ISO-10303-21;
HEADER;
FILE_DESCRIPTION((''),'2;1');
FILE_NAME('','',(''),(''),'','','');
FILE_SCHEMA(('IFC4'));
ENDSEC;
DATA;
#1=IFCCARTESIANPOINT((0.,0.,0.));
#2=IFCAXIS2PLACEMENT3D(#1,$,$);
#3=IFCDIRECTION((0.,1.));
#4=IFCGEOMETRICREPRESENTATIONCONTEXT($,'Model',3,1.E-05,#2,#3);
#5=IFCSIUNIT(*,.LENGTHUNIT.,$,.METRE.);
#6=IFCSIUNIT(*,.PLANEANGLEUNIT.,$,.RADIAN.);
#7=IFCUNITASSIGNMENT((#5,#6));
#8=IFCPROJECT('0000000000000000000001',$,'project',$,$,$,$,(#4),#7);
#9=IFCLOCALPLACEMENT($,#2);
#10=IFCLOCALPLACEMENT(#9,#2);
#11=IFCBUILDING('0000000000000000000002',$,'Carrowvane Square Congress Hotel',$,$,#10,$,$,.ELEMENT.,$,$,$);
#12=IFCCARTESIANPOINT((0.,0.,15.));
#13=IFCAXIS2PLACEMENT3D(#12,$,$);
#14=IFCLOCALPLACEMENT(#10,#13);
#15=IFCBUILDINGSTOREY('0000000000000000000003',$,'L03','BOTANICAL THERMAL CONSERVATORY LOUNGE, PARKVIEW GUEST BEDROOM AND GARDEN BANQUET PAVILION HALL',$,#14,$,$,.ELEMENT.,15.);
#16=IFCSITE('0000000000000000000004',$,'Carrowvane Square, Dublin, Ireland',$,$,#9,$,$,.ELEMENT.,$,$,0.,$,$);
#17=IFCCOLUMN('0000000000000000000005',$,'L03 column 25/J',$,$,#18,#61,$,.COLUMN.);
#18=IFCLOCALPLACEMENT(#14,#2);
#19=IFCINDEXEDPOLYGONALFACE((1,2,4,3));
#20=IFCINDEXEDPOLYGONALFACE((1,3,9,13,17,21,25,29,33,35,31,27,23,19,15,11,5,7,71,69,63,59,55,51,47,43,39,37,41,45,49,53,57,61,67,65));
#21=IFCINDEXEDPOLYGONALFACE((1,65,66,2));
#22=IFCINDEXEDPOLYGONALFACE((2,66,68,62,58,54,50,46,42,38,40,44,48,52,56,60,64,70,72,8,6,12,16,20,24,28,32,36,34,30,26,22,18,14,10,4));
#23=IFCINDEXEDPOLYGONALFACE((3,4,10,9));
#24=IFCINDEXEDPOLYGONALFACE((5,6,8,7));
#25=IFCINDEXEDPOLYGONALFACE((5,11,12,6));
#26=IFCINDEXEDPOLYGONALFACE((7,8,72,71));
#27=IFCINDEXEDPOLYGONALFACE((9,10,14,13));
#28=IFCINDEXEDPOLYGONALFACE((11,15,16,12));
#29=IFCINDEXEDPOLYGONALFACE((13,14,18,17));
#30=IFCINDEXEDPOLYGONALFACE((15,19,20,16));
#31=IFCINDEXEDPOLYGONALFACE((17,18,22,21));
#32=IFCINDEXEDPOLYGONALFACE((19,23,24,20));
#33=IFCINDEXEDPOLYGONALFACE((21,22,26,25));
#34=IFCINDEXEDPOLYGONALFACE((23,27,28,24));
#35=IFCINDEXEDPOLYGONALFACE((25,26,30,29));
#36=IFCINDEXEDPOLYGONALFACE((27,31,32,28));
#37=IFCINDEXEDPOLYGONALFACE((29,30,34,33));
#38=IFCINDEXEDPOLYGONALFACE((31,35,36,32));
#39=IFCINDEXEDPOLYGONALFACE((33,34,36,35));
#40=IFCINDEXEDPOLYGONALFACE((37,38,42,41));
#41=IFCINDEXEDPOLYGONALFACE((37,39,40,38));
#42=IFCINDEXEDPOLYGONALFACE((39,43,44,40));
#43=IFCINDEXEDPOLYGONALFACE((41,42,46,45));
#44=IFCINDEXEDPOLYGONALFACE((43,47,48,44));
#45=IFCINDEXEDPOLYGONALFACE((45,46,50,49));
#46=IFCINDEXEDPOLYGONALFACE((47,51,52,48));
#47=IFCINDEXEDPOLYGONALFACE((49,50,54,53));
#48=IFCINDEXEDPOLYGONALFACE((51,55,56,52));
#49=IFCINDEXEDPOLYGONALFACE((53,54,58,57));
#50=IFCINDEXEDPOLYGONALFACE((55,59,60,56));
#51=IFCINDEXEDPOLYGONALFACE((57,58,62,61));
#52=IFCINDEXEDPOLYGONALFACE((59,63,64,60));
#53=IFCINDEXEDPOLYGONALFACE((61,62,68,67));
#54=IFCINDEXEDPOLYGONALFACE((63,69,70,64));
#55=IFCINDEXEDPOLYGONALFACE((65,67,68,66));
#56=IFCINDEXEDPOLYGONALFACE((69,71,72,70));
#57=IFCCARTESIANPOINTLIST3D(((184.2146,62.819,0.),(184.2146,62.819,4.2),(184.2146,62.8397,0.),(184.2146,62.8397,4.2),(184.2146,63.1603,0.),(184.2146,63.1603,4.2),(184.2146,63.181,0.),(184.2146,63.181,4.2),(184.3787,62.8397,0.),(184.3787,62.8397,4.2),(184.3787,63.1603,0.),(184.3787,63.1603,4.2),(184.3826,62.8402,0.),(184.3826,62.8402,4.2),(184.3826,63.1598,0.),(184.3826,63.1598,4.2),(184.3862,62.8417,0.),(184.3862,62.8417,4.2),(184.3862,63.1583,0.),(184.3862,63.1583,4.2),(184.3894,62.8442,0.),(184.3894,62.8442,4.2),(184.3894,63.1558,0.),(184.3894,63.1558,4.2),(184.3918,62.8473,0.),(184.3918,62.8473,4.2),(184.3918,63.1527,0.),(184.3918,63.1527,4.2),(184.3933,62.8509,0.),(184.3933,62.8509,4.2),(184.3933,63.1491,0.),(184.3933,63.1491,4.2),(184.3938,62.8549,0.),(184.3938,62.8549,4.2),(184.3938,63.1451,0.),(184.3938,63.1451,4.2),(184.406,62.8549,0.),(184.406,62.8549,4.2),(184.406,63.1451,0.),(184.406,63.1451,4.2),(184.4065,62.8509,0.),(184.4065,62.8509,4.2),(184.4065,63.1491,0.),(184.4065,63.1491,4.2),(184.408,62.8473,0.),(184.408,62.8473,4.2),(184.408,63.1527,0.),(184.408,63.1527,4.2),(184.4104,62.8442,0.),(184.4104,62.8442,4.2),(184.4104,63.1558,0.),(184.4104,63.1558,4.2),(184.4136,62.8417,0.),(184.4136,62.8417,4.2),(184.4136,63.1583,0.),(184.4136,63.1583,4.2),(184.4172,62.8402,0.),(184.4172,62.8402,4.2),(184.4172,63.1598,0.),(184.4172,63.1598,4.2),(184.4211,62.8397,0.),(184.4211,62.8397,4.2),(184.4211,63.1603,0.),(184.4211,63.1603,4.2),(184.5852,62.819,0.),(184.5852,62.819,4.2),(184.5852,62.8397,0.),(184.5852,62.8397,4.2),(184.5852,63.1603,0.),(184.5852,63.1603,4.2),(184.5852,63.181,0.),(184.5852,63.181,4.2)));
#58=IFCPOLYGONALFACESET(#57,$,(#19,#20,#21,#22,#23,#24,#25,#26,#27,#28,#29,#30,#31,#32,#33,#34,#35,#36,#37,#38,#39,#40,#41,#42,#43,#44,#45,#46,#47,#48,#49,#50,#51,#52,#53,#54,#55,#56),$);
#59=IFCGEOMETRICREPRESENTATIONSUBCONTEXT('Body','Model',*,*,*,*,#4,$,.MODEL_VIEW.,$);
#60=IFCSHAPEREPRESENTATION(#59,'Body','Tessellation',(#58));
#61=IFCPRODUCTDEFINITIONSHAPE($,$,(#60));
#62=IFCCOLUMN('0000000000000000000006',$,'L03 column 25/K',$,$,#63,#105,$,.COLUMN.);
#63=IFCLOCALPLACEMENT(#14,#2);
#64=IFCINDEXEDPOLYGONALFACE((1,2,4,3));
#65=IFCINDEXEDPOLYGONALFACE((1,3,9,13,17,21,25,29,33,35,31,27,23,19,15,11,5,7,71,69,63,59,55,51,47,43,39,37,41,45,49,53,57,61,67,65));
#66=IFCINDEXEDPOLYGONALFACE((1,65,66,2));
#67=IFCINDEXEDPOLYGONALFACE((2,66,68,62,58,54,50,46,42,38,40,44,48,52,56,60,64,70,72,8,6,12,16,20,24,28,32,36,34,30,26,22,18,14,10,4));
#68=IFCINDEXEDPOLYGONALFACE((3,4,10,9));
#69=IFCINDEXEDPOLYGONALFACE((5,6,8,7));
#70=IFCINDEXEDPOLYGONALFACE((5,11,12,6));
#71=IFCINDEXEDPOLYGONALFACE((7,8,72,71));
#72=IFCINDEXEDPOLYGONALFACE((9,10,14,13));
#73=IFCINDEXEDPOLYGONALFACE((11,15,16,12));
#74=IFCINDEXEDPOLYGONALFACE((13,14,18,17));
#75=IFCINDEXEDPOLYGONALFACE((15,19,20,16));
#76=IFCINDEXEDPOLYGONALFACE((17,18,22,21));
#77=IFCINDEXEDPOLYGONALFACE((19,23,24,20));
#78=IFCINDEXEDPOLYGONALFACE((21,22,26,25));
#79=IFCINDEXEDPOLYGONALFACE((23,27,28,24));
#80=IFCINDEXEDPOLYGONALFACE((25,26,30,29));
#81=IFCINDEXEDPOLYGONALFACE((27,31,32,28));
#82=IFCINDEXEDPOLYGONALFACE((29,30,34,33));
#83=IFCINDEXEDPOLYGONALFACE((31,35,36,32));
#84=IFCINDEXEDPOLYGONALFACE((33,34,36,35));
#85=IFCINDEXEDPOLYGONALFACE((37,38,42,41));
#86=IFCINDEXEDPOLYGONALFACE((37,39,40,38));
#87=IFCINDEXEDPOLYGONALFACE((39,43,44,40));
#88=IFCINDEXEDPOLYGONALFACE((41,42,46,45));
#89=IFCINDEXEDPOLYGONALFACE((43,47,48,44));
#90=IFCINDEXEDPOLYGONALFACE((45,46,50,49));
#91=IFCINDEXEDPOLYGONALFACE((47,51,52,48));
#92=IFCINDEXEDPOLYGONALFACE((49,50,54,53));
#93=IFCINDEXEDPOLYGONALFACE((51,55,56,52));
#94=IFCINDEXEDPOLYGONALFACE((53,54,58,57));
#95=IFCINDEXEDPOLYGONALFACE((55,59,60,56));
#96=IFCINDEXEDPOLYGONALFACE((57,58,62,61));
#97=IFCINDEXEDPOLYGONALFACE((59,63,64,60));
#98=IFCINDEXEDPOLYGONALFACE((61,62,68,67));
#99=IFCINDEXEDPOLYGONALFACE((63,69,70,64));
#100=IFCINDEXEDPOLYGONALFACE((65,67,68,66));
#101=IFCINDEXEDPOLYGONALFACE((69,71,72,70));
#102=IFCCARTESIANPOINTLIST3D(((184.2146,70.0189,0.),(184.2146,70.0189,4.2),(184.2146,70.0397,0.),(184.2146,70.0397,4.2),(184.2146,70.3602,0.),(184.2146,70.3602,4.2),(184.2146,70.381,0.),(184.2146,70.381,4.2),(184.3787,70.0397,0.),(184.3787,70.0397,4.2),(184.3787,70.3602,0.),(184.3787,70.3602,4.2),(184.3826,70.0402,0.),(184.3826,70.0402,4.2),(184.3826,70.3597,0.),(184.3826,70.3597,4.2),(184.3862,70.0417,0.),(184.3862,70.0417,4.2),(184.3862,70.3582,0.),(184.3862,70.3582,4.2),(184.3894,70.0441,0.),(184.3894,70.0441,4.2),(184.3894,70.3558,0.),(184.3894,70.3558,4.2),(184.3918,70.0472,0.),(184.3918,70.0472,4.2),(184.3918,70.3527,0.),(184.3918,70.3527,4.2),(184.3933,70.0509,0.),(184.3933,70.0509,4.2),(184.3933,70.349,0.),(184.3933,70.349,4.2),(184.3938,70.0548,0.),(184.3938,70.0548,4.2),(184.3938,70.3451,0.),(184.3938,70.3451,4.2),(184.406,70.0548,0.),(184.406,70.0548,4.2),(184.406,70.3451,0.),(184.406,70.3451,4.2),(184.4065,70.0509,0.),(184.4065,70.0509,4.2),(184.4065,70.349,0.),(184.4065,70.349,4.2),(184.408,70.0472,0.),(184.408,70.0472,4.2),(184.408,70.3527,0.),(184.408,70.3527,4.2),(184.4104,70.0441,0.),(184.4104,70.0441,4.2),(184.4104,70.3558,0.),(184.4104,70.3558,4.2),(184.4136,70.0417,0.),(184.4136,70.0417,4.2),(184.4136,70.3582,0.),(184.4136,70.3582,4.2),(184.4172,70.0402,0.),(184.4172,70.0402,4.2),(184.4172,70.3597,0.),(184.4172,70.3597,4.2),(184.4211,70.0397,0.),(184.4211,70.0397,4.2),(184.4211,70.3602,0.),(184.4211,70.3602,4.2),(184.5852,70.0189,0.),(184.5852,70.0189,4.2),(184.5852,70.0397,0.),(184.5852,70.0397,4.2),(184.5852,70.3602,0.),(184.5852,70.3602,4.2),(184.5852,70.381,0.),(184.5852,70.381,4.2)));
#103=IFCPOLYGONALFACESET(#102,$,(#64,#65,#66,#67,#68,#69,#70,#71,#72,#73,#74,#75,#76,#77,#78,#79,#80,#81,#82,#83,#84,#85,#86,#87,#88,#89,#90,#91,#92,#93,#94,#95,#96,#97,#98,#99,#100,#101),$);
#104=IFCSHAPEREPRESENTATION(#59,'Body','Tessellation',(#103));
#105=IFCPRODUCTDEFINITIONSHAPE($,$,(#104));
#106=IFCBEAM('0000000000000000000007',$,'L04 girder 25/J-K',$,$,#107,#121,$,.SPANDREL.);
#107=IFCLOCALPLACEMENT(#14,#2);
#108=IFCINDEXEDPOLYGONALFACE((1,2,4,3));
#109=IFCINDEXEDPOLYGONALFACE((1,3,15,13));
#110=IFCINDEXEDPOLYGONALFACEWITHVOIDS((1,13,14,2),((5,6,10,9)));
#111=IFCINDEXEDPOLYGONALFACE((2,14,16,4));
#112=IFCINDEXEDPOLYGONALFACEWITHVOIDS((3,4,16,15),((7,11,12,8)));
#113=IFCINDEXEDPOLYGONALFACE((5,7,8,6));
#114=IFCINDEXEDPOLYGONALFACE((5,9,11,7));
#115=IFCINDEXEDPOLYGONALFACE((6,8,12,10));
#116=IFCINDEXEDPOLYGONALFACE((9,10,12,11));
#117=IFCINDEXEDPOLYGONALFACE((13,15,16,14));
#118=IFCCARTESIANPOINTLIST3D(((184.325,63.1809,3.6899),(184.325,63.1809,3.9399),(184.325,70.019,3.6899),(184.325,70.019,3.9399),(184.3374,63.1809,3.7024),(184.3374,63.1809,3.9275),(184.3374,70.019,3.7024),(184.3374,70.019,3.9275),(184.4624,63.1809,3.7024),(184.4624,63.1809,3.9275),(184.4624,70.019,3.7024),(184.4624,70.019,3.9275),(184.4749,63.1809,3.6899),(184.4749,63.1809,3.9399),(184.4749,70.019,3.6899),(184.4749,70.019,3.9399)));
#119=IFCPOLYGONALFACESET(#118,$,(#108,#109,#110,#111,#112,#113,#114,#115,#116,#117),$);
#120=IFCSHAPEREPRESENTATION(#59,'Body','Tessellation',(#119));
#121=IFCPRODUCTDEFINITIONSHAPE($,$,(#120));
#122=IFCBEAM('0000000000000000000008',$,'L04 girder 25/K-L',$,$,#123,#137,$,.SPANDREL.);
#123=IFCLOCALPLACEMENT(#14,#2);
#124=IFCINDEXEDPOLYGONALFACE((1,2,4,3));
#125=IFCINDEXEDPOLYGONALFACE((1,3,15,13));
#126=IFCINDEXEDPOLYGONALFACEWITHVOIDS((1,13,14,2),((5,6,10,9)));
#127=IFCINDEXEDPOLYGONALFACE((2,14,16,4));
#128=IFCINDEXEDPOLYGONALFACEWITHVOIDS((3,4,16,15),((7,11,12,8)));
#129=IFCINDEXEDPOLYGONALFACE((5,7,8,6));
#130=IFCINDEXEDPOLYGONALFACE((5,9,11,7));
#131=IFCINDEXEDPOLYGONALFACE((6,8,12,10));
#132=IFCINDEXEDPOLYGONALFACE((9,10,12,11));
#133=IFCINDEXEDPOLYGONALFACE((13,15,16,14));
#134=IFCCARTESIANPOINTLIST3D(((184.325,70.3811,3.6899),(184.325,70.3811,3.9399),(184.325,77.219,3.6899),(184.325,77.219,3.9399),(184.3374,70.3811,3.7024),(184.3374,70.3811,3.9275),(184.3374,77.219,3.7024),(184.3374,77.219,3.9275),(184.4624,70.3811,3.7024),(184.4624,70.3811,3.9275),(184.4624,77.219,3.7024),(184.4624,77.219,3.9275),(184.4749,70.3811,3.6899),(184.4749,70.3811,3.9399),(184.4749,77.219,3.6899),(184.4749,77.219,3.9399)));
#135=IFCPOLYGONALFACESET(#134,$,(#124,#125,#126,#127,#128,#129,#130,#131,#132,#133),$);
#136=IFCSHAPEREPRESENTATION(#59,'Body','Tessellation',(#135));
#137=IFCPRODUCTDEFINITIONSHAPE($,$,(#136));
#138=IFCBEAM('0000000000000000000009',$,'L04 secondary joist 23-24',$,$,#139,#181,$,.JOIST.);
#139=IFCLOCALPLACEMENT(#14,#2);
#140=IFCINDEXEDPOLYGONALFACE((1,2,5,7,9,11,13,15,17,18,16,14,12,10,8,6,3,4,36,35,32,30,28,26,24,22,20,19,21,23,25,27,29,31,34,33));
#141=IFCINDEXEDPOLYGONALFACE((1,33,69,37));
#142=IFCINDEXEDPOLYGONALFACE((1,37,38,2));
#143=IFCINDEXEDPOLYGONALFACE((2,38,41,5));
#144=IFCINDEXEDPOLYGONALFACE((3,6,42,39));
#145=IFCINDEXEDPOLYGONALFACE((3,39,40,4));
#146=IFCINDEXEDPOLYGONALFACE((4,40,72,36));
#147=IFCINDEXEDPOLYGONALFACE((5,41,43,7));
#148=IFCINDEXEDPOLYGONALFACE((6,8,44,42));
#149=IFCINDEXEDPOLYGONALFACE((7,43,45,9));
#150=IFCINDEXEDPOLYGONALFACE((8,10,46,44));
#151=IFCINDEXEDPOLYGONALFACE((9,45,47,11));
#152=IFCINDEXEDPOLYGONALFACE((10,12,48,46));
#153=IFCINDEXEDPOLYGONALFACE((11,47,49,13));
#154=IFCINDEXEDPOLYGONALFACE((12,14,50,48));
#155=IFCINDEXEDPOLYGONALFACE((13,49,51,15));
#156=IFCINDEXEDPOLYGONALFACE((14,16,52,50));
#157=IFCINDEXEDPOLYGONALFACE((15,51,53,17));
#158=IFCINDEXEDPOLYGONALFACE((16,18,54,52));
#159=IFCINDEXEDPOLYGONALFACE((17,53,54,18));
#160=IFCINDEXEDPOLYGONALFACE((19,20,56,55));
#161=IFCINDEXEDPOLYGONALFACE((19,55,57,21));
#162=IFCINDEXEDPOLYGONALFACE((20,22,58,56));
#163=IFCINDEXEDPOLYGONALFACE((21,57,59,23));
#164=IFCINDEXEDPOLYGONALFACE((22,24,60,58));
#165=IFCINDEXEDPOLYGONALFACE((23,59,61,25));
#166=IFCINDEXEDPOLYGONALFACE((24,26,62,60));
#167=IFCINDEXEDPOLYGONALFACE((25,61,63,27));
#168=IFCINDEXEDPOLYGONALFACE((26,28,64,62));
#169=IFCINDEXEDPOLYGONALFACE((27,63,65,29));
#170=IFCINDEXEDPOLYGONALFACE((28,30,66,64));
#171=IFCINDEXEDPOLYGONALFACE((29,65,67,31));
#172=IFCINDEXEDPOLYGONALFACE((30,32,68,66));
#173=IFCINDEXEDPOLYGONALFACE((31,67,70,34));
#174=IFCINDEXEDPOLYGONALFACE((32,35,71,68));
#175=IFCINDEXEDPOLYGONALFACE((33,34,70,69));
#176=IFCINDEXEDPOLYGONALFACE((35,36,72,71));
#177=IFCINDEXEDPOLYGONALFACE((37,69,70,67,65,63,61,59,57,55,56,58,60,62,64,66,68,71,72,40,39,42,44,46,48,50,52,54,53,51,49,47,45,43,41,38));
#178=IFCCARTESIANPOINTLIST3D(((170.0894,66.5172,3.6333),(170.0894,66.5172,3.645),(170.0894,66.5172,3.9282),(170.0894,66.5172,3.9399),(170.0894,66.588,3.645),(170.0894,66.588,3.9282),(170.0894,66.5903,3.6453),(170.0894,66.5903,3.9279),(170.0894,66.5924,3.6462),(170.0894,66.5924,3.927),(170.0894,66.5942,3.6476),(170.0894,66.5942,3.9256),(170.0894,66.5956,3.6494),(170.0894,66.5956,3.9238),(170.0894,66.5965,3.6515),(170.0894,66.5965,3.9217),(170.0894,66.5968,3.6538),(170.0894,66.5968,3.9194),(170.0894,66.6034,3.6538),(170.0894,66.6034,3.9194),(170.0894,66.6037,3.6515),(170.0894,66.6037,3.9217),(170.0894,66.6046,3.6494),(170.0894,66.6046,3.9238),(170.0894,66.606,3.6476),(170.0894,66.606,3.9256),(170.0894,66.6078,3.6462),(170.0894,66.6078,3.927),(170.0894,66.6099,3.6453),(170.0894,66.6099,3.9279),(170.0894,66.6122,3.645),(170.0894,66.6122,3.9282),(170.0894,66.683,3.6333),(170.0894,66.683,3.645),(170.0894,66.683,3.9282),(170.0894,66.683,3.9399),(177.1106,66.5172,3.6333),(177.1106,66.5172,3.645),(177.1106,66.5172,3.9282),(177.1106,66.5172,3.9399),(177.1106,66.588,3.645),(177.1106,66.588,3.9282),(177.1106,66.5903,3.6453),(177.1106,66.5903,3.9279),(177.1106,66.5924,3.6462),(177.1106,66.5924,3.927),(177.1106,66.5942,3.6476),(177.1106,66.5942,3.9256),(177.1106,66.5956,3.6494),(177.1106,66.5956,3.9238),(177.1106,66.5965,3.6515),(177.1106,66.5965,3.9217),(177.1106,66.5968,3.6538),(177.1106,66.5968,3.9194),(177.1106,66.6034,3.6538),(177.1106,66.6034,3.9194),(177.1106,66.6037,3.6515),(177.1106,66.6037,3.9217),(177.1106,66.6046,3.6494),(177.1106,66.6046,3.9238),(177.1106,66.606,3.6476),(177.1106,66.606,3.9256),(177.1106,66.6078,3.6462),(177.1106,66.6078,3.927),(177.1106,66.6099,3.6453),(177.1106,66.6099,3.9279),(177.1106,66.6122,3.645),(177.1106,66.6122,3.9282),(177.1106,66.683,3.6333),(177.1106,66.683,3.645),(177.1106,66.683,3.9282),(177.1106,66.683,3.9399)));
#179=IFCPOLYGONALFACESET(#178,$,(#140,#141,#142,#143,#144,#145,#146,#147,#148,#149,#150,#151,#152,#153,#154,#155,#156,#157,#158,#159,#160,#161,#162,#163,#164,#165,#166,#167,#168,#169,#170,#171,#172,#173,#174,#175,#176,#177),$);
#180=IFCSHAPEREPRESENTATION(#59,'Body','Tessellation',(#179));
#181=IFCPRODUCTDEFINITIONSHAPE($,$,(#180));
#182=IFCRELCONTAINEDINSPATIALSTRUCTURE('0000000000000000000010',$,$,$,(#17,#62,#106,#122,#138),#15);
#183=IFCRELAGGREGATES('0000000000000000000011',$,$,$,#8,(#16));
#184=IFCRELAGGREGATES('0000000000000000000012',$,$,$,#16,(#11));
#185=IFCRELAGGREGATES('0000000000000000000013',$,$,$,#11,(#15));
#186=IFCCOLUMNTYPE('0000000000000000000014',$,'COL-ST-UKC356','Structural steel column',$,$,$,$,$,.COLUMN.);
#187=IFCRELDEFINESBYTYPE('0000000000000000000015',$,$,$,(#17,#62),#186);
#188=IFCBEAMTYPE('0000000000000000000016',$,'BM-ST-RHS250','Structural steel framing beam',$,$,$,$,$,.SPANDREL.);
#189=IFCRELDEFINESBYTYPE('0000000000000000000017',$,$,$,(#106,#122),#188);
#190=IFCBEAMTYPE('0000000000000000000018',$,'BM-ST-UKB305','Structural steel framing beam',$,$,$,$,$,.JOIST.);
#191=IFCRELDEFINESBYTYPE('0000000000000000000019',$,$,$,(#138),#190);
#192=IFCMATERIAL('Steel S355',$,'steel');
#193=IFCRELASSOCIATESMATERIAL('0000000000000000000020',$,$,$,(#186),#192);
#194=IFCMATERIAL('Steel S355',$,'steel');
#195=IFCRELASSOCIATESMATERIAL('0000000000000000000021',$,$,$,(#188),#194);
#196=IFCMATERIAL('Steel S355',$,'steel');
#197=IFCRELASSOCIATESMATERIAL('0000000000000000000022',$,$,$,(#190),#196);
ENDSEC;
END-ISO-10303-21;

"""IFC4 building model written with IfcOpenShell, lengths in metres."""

from ifc_helpers import new_model, si_unit, direction, frame, origin, origin_2d, place, context, subcontext, project, spatial, hollow_rectangle, i_section, extrude, material, material_profile, profile_set, type_object, element, save


model = new_model("IFC4")

# Units and contexts
model_context = context("Model", 3, precision=1e-05, world=origin(), true_north=direction((0.0, 1.0)))
body_context = subcontext(model_context, "Body", "Model", "MODEL_VIEW")
ifc_project = project(units=[si_unit("LENGTHUNIT", "METRE"), si_unit("PLANEANGLEUNIT", "RADIAN")], contexts=[model_context])

# Site, building, storey
site_placement = place(None, origin())
site = spatial("IfcSite", under=ifc_project, at=site_placement, Name="Carrowvane Square, Dublin, Ireland", CompositionType="ELEMENT", RefElevation=0.0)
building_placement = place(site_placement, origin())
building = spatial("IfcBuilding", under=site, at=building_placement, Name="Carrowvane Square Congress Hotel", CompositionType="ELEMENT")
storey_placement = place(building_placement, frame((0.0, 0.0, 15.0)))
storey = spatial("IfcBuildingStorey", under=building, at=storey_placement, Name="L03", Description="BOTANICAL THERMAL CONSERVATORY LOUNGE, PARKVIEW GUEST BEDROOM AND GARDEN BANQUET PAVILION HALL", CompositionType="ELEMENT", Elevation=15.0)

# Columns
ifc_material_1 = material(Name="Steel S355", Category="steel")
ifc_material_profile_1 = material_profile(ifc_material_1, i_section(OverallWidth=0.3706, OverallDepth=0.3621, WebThickness=0.0122, FlangeThickness=0.0208, FilletRadius=0.0151, at=origin_2d()), Name="UKC 356x368x153")
ifc_profile_set_1 = profile_set([ifc_material_profile_1], Name="Steel S355")
column_type = type_object("IfcColumnType", Name="COL-ST-UKC356", Description="Structural steel column", PredefinedType="COLUMN", material=ifc_profile_set_1)
for number, where, z_axis, x_axis, name in (
    (1, (184.3999, 63.0, 0.0), (0.0, 0.0, 1.0), (1.0, 0.0, 0.0), "L03 column 25/J"),
    (2, (184.3999, 70.2, 0.0), (0.0, 0.0, 1.0), (1.0, 0.0, 0.0), "L03 column 25/K"),
):
    element("IfcColumn", number, at=place(storey_placement, frame(where, z_axis=z_axis, x_axis=x_axis)), inside=storey, type_object=column_type, Name=name, PredefinedType="COLUMN", context=body_context, shape_type="SweptSolid", body=[
        extrude(i_section(OverallWidth=0.3706, OverallDepth=0.3621, WebThickness=0.0122, FlangeThickness=0.0208, FilletRadius=0.0151, at=origin_2d()), origin(), (0.0, 0.0, 1.0), 4.2),
    ])

# Beams
ifc_material_2 = material(Name="Steel S355", Category="steel")
ifc_material_profile_2 = material_profile(ifc_material_2, hollow_rectangle(XDim=0.1499, YDim=0.25, WallThickness=0.0125, at=origin_2d()), Name="RHS 250x150x12.5")
ifc_profile_set_2 = profile_set([ifc_material_profile_2], Name="Steel S355")
beam_type_1 = type_object("IfcBeamType", Name="BM-ST-RHS250", Description="Structural steel framing beam", PredefinedType="SPANDREL", material=ifc_profile_set_2)
beam_1_placement = place(storey_placement, frame((184.3999, 63.1809, 3.8149), z_axis=(0.0, 1.0, 0.0), x_axis=(-1.0, 0.0, 0.0)))
element("IfcBeam", 3, at=beam_1_placement, inside=storey, type_object=beam_type_1, Name="L04 girder 25/J-K", PredefinedType="SPANDREL", context=body_context, shape_type="SweptSolid", body=[
    extrude(hollow_rectangle(XDim=0.1499, YDim=0.25, WallThickness=0.0125, at=origin_2d()), origin(), (0.0, 0.0, 1.0), 6.8381),
])
beam_2_placement = place(storey_placement, frame((184.3999, 70.3811, 3.8149), z_axis=(0.0, 1.0, 0.0), x_axis=(-1.0, 0.0, 0.0)))
element("IfcBeam", 4, at=beam_2_placement, inside=storey, type_object=beam_type_1, Name="L04 girder 25/K-L", PredefinedType="SPANDREL", context=body_context, shape_type="SweptSolid", body=[
    extrude(hollow_rectangle(XDim=0.1499, YDim=0.25, WallThickness=0.0125, at=origin_2d()), origin(), (0.0, 0.0, 1.0), 6.8379),
])
ifc_material_3 = material(Name="Steel S355", Category="steel")
ifc_material_profile_3 = material_profile(ifc_material_3, i_section(OverallWidth=0.1658, OverallDepth=0.3066, WebThickness=0.0066, FlangeThickness=0.0117, FilletRadius=0.0088, at=origin_2d()), Name="UKB 305x165x46")
ifc_profile_set_3 = profile_set([ifc_material_profile_3], Name="Steel S355")
beam_type_2 = type_object("IfcBeamType", Name="BM-ST-UKB305", Description="Structural steel framing beam", PredefinedType="JOIST", material=ifc_profile_set_3)
beam_3_placement = place(storey_placement, frame((170.0894, 66.6001, 3.7866), z_axis=(1.0, 0.0, 0.0), x_axis=(0.0, 1.0, 0.0)))
element("IfcBeam", 5, at=beam_3_placement, inside=storey, type_object=beam_type_2, Name="L04 secondary joist 23-24", PredefinedType="JOIST", context=body_context, shape_type="SweptSolid", body=[
    extrude(i_section(OverallWidth=0.1658, OverallDepth=0.3066, WebThickness=0.0066, FlangeThickness=0.0117, FilletRadius=0.0088, at=origin_2d()), origin(), (0.0, 0.0, 1.0), 7.0212),
])

save(model, "model.ifc")
